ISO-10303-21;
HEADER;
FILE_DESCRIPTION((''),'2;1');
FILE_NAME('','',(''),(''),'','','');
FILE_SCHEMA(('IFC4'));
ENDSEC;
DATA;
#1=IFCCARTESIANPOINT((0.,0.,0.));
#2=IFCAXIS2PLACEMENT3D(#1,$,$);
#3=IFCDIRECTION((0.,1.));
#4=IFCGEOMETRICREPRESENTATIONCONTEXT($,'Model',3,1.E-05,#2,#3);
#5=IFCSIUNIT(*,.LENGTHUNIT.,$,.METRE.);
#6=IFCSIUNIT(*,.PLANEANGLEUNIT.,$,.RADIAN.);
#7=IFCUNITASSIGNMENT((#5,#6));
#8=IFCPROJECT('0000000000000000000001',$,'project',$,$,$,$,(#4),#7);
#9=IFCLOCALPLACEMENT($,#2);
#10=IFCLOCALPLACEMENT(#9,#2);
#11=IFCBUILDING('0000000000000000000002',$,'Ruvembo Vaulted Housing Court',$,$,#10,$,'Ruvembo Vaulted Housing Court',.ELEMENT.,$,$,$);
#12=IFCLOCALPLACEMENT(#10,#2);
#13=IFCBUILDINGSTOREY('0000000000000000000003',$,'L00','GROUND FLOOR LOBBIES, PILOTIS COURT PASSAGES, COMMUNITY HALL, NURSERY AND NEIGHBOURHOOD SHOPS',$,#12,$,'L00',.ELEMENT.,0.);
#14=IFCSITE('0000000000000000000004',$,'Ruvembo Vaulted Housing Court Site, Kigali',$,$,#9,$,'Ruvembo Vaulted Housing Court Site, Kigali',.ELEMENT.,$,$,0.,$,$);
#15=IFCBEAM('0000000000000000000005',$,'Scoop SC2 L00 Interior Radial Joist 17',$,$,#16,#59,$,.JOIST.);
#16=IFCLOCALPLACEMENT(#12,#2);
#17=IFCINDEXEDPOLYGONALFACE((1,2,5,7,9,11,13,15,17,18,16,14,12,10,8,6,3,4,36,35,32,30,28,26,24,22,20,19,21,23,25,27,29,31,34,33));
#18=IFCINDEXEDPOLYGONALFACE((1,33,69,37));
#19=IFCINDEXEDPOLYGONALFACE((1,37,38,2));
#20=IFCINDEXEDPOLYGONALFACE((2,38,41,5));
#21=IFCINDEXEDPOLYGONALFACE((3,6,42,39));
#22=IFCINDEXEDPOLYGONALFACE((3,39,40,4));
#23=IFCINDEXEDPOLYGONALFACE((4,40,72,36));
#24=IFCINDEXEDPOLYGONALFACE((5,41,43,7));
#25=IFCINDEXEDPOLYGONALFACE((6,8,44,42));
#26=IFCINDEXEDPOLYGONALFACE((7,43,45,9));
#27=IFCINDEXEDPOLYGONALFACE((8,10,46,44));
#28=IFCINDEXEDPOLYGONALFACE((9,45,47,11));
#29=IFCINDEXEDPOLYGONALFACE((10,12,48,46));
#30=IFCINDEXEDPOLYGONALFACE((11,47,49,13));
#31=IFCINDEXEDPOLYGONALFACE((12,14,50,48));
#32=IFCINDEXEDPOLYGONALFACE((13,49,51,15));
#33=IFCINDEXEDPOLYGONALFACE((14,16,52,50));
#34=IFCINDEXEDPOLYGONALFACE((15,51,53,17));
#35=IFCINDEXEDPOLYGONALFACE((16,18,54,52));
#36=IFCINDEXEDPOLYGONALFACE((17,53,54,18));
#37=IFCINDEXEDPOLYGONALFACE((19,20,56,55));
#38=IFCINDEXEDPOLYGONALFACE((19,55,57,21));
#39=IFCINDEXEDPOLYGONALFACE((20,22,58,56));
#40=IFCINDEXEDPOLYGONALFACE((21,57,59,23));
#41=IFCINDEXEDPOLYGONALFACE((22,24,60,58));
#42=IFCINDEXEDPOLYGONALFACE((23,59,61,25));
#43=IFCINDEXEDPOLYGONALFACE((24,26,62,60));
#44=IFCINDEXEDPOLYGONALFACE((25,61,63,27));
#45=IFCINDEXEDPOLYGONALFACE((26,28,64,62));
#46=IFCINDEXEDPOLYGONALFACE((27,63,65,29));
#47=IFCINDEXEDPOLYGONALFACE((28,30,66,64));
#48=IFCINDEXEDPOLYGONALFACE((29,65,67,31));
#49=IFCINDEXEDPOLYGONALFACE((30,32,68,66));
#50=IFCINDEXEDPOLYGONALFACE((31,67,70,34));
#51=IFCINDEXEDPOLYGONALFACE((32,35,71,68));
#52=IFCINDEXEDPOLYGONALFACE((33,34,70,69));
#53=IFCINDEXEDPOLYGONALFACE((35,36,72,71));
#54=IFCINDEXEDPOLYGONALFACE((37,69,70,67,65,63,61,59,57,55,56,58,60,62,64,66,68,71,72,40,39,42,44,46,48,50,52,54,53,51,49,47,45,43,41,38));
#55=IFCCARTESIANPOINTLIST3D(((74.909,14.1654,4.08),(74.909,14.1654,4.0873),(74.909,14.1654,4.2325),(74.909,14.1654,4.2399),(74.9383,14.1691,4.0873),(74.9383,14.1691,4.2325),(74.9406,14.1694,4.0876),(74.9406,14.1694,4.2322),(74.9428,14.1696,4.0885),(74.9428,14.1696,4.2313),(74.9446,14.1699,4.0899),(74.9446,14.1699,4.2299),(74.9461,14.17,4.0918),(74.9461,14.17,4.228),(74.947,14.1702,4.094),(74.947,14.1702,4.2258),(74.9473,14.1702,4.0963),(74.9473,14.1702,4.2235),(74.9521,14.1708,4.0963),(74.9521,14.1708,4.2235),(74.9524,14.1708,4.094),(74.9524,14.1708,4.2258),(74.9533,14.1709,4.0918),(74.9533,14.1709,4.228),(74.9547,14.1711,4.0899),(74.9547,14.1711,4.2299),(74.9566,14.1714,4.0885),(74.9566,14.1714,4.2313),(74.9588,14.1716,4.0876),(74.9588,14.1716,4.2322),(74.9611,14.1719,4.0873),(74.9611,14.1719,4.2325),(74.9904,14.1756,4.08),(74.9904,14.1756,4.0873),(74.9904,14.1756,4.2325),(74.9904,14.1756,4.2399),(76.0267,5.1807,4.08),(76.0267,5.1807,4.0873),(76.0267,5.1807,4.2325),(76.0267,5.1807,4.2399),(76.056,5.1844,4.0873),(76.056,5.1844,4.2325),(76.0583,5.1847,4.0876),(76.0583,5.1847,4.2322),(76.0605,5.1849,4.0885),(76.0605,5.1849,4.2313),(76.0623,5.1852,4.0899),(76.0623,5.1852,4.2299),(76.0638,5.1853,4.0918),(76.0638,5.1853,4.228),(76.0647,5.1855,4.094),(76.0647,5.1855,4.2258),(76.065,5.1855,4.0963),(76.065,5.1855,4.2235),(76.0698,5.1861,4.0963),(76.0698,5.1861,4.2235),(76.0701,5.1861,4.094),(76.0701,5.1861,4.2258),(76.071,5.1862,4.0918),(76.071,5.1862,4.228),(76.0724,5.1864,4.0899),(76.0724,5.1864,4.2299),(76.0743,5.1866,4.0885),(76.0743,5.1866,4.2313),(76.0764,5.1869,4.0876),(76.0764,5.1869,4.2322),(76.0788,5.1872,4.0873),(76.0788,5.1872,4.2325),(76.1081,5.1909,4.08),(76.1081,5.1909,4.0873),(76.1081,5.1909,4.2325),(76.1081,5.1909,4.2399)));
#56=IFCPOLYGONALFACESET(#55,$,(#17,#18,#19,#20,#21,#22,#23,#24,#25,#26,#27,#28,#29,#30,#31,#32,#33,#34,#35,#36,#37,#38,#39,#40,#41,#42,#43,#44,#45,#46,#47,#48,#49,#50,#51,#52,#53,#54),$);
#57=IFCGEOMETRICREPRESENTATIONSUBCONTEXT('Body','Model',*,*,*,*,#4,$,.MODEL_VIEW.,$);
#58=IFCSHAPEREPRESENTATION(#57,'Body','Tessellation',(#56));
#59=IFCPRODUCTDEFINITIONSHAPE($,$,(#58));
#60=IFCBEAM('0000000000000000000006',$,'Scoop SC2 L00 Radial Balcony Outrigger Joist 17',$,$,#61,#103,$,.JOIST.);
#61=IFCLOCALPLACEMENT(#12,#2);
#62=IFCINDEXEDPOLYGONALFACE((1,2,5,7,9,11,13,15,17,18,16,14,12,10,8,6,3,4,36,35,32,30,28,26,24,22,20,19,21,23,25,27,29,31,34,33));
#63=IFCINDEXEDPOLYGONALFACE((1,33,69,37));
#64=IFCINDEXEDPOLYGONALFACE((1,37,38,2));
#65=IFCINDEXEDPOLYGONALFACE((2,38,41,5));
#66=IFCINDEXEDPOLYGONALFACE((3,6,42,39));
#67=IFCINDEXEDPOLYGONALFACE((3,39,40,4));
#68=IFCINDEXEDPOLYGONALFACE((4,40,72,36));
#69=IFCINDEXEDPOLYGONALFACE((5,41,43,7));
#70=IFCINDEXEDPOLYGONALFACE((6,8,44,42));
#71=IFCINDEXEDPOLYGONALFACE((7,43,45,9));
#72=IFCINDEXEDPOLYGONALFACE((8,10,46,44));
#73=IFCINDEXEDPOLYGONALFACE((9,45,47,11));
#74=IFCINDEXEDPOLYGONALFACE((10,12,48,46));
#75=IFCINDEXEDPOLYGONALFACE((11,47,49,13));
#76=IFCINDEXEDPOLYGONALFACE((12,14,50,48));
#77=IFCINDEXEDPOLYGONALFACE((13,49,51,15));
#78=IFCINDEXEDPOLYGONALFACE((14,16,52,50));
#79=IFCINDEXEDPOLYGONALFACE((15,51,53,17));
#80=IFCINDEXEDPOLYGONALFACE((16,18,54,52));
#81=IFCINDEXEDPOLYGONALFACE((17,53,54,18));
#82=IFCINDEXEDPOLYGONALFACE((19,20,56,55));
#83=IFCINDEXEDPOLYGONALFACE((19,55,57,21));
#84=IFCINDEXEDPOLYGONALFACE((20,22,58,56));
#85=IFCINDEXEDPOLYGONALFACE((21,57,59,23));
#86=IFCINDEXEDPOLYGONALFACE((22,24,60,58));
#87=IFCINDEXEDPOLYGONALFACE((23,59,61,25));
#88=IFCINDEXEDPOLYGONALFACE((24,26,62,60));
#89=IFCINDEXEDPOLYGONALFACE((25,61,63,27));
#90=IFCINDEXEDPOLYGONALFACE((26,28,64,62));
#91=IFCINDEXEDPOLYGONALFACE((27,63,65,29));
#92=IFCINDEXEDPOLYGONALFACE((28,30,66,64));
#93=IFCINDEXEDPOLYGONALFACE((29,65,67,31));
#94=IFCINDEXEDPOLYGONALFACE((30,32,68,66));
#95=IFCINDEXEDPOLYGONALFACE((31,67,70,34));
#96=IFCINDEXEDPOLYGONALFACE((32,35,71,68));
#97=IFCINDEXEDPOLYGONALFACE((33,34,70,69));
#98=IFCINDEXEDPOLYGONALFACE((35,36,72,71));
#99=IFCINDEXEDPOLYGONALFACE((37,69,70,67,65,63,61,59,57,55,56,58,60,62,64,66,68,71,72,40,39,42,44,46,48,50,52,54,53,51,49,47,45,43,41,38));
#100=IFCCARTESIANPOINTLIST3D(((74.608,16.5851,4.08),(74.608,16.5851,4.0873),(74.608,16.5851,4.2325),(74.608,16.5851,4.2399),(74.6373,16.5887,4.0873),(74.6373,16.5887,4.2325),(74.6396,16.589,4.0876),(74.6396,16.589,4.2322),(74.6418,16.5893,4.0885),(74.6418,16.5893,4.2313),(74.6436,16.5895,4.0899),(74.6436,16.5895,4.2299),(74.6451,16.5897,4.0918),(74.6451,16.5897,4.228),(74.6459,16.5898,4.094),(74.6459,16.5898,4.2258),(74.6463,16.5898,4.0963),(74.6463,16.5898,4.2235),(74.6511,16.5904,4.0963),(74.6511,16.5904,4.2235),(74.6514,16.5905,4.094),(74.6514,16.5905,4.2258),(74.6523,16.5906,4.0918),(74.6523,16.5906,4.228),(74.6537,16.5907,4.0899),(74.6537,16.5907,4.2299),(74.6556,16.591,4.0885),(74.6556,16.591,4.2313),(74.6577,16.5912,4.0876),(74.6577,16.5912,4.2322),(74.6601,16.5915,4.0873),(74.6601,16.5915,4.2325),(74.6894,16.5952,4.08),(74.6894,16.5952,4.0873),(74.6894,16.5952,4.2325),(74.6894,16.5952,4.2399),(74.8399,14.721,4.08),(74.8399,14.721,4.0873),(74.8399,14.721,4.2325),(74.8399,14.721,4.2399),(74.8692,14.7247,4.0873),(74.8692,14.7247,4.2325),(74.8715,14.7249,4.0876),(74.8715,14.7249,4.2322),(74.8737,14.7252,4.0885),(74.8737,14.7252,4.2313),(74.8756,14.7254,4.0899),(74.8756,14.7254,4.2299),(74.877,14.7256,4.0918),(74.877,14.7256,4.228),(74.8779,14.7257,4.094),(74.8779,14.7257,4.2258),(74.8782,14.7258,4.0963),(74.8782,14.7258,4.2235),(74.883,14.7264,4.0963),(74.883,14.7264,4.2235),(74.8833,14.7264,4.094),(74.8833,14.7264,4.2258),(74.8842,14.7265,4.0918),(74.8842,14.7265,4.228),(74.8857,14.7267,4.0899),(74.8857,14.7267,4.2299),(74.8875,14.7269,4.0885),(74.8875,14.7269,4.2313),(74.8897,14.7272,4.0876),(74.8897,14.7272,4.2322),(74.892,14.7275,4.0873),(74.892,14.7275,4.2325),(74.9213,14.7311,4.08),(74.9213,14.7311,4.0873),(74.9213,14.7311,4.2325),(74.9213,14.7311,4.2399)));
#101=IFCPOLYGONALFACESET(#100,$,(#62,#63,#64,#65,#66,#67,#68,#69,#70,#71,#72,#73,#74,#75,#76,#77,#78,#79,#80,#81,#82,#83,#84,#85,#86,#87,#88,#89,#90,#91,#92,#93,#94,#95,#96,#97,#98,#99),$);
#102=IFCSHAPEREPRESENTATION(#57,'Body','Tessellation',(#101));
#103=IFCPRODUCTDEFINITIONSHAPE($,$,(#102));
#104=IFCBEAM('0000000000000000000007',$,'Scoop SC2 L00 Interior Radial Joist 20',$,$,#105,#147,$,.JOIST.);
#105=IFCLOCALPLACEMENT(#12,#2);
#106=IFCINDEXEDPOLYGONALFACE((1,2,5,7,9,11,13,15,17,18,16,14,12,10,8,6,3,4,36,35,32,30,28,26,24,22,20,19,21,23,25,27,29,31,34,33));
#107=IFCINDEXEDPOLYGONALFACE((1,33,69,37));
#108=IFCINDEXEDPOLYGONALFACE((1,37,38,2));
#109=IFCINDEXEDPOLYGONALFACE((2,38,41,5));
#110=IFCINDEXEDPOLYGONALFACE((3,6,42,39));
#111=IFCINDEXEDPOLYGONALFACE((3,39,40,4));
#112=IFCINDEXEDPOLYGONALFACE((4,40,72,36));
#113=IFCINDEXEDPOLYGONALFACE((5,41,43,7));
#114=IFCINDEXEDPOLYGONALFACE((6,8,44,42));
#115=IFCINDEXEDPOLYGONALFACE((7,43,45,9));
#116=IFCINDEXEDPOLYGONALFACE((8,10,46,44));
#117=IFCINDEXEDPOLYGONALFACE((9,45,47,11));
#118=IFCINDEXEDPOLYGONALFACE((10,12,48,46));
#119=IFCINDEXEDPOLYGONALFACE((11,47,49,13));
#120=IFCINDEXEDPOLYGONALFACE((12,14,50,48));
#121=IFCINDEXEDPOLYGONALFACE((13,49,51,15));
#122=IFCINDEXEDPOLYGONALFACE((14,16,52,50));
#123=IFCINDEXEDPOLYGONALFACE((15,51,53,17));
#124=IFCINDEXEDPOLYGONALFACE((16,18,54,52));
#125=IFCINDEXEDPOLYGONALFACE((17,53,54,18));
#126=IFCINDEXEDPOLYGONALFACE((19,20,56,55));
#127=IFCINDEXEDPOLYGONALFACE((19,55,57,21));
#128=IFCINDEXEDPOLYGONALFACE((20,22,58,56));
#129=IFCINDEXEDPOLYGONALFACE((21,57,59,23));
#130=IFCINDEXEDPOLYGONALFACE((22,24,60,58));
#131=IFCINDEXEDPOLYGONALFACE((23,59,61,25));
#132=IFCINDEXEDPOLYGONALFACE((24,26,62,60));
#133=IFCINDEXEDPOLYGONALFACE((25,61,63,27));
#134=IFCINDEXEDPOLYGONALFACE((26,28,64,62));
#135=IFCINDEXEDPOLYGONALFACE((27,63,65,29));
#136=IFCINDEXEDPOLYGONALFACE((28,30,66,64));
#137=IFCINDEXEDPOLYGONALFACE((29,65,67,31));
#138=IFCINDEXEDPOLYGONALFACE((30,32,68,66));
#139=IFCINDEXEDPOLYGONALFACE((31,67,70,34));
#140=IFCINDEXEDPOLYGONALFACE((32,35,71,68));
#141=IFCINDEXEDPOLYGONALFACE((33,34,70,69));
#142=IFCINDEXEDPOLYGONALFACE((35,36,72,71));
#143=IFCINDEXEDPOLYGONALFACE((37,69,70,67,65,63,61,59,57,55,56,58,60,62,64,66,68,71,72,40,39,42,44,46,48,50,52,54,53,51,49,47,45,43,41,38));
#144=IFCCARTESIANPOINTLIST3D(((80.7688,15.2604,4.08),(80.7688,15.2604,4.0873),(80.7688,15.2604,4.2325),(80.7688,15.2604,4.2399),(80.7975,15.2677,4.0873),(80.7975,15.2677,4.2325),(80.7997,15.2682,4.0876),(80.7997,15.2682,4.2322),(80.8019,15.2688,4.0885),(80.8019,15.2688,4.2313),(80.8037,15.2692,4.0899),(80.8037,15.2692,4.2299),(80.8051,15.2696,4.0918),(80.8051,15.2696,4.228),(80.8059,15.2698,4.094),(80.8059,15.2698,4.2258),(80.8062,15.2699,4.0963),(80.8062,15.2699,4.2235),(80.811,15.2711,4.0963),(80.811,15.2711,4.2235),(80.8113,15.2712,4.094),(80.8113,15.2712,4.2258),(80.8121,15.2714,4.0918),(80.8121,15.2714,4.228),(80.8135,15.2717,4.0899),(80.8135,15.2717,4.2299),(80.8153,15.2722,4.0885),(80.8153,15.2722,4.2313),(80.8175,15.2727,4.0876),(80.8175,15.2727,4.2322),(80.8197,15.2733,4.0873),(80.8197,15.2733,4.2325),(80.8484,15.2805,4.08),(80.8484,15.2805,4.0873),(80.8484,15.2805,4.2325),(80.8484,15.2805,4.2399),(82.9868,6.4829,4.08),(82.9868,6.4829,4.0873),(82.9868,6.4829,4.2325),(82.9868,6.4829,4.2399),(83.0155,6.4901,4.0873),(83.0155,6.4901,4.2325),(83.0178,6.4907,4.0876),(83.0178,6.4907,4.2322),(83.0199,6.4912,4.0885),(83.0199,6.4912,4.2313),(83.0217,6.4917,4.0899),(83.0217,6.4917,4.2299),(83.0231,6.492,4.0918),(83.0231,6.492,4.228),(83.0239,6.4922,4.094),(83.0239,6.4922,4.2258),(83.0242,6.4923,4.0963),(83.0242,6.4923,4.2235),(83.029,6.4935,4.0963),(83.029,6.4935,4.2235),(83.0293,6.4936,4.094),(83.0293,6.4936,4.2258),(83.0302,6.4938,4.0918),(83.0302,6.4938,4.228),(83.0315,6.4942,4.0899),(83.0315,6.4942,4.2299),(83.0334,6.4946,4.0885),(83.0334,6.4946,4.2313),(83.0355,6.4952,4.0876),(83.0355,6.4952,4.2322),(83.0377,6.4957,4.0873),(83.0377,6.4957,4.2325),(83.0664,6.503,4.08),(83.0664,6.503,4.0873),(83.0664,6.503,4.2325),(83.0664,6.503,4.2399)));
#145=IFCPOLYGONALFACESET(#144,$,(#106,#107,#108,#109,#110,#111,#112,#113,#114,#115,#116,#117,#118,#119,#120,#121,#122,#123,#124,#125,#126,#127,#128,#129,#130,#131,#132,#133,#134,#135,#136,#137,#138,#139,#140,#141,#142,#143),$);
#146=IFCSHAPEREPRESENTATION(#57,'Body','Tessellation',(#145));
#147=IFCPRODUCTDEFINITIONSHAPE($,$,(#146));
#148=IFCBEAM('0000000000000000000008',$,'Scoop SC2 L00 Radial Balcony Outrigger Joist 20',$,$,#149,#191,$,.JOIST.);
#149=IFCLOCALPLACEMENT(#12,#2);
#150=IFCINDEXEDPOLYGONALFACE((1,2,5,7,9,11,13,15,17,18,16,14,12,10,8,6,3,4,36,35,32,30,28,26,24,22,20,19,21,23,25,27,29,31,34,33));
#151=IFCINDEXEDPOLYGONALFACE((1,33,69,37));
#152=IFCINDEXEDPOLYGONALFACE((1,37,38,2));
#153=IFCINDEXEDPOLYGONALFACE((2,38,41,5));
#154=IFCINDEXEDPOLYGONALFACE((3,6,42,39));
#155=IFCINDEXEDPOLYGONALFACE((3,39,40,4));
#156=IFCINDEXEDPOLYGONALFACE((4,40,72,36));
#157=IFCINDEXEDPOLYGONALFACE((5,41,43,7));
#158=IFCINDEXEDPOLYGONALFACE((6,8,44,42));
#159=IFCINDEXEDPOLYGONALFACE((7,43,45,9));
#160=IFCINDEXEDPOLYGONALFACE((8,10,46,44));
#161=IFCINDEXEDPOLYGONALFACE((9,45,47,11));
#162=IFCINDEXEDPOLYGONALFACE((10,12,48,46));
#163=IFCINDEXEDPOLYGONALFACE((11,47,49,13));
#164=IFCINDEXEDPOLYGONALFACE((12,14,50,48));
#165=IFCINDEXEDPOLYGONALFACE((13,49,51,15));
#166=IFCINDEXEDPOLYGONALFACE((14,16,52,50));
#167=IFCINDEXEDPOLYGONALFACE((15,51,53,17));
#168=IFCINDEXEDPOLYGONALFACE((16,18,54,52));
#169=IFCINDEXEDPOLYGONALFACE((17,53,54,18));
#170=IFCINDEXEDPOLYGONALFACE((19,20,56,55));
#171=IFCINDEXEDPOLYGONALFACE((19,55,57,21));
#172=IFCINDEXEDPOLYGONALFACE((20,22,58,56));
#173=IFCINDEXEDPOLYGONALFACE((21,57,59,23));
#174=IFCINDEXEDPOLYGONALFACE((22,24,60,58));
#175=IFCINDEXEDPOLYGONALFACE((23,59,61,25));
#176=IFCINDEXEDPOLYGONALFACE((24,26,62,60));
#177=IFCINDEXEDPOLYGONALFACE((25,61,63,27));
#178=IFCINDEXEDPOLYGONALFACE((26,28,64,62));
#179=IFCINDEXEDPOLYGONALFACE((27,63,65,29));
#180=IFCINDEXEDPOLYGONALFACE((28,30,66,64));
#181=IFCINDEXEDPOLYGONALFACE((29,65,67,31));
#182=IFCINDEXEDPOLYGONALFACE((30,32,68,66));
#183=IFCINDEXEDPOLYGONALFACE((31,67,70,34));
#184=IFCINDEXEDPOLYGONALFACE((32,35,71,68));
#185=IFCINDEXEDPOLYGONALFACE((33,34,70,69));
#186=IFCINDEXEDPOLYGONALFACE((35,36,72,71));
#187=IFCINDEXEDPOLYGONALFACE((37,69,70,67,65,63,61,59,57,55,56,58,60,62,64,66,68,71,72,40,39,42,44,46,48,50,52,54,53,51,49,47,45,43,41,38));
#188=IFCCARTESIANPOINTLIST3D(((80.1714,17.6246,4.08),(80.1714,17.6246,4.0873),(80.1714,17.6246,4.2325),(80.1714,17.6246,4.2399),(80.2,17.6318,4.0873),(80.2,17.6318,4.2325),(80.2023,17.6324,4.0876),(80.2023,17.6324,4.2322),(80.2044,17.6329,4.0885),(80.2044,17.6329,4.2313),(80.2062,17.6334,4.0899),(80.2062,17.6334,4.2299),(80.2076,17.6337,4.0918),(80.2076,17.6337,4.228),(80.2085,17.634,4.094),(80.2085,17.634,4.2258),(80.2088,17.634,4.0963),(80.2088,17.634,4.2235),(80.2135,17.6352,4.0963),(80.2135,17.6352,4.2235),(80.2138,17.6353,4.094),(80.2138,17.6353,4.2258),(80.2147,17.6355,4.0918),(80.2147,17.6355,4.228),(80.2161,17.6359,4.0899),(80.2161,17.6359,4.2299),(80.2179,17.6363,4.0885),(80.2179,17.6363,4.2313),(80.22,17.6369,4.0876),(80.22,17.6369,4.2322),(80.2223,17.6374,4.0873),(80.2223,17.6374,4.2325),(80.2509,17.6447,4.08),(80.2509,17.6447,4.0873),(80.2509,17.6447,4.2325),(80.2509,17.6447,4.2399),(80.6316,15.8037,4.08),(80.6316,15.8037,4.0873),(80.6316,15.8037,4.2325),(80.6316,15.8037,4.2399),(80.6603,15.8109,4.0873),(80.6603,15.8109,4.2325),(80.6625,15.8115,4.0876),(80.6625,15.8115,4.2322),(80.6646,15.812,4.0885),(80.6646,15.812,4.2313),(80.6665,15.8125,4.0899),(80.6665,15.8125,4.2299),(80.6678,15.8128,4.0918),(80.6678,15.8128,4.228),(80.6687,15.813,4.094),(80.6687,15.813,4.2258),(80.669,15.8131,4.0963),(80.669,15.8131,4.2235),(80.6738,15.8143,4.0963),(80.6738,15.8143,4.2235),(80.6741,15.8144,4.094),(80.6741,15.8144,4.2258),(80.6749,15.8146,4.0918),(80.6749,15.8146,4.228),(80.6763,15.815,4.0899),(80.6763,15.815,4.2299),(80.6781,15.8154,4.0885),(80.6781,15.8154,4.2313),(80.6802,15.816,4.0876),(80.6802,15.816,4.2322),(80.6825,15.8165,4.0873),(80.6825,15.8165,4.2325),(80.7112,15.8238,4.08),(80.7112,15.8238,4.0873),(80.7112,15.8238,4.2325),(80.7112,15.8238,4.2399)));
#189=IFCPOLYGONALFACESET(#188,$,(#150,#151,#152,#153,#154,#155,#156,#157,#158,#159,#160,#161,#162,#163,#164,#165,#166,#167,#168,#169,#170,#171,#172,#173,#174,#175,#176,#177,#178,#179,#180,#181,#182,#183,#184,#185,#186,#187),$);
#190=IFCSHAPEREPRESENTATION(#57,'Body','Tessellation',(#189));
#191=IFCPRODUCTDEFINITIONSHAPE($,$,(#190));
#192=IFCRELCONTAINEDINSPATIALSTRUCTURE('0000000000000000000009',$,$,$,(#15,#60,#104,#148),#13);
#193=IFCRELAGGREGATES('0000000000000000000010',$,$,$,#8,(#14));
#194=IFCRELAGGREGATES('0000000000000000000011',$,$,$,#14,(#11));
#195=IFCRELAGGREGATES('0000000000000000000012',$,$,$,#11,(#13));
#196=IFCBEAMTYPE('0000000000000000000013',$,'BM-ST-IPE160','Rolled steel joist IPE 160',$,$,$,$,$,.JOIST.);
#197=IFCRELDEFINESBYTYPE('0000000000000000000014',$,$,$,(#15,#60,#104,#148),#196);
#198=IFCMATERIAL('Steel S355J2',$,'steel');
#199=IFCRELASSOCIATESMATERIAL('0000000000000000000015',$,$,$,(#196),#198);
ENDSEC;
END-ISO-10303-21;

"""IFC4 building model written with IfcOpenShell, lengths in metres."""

from ifc_helpers import new_model, si_unit, direction, frame, origin, origin_2d, place, context, subcontext, project, spatial, i_section, extrude, material, material_profile, profile_set, type_object, element, save


model = new_model("IFC4")

# Units and contexts
model_context = context("Model", 3, precision=1e-05, world=origin(), true_north=direction((0.0, 1.0)))
body_context = subcontext(model_context, "Body", "Model", "MODEL_VIEW")
ifc_project = project(units=[si_unit("LENGTHUNIT", "METRE"), si_unit("PLANEANGLEUNIT", "RADIAN")], contexts=[model_context])

# Site, building, storey
site_placement = place(None, origin())
site = spatial("IfcSite", under=ifc_project, at=site_placement, Name="Ruvembo Vaulted Housing Court Site, Kigali", LongName="Ruvembo Vaulted Housing Court Site, Kigali", CompositionType="ELEMENT", RefElevation=0.0)
building_placement = place(site_placement, origin())
building = spatial("IfcBuilding", under=site, at=building_placement, Name="Ruvembo Vaulted Housing Court", LongName="Ruvembo Vaulted Housing Court", CompositionType="ELEMENT")
storey_placement = place(building_placement, origin())
storey = spatial("IfcBuildingStorey", under=building, at=storey_placement, Name="L00", Description="GROUND FLOOR LOBBIES, PILOTIS COURT PASSAGES, COMMUNITY HALL, NURSERY AND NEIGHBOURHOOD SHOPS", LongName="L00", CompositionType="ELEMENT", Elevation=0.0)

# Beams
ifc_material_1 = material(Name="Steel S355J2", Category="steel")
ifc_material_profile_1 = material_profile(ifc_material_1, i_section(OverallWidth=0.082, OverallDepth=0.1599, WebThickness=0.0049, FlangeThickness=0.0073, FilletRadius=0.009, at=origin_2d()), Name="IPE 160")
ifc_profile_set_1 = profile_set([ifc_material_profile_1], Name="Steel S355J2")
beam_type_1 = type_object("IfcBeamType", Name="BM-ST-IPE160", Description="Rolled steel joist IPE 160", PredefinedType="JOIST", material=ifc_profile_set_1)
beam_1_placement = place(storey_placement, frame((76.0674, 5.1858, 4.1599), z_axis=(-0.123447, 0.992351, 0.0), x_axis=(-0.992351, -0.123447, 0.0)))
element("IfcBeam", 1, at=beam_1_placement, inside=storey, type_object=beam_type_1, Name="Scoop SC2 L00 Interior Radial Joist 17", PredefinedType="JOIST", context=body_context, shape_type="SweptSolid", body=[
    extrude(i_section(OverallWidth=0.082, OverallDepth=0.1599, WebThickness=0.0049, FlangeThickness=0.0073, FilletRadius=0.009, at=origin_2d()), origin(), (0.0, 0.0, 1.0), 9.054),
])
beam_2_placement = place(storey_placement, frame((74.8806, 14.7261, 4.1599), z_axis=(-0.123475, 0.992348, 0.0), x_axis=(-0.992348, -0.123475, 0.0)))
element("IfcBeam", 2, at=beam_2_placement, inside=storey, type_object=beam_type_1, Name="Scoop SC2 L00 Radial Balcony Outrigger Joist 17", PredefinedType="JOIST", context=body_context, shape_type="SweptSolid", body=[
    extrude(i_section(OverallWidth=0.082, OverallDepth=0.1599, WebThickness=0.0049, FlangeThickness=0.0073, FilletRadius=0.009, at=origin_2d()), origin(), (0.0, 0.0, 1.0), 1.8784),
])
beam_3_placement = place(storey_placement, frame((83.0266, 6.4929, 4.1599), z_axis=(-0.24499, 0.969526, 0.0), x_axis=(-0.969526, -0.24499, 0.0)))
element("IfcBeam", 3, at=beam_3_placement, inside=storey, type_object=beam_type_1, Name="Scoop SC2 L00 Interior Radial Joist 20", PredefinedType="JOIST", context=body_context, shape_type="SweptSolid", body=[
    extrude(i_section(OverallWidth=0.082, OverallDepth=0.1599, WebThickness=0.0049, FlangeThickness=0.0073, FilletRadius=0.009, at=origin_2d()), origin(), (0.0, 0.0, 1.0), 9.0535),
])
beam_4_placement = place(storey_placement, frame((80.6714, 15.8137, 4.1599), z_axis=(-0.245043, 0.969512, 0.0), x_axis=(-0.969512, -0.245043, 0.0)))
element("IfcBeam", 4, at=beam_4_placement, inside=storey, type_object=beam_type_1, Name="Scoop SC2 L00 Radial Balcony Outrigger Joist 20", PredefinedType="JOIST", context=body_context, shape_type="SweptSolid", body=[
    extrude(i_section(OverallWidth=0.082, OverallDepth=0.1599, WebThickness=0.0049, FlangeThickness=0.0073, FilletRadius=0.009, at=origin_2d()), origin(), (0.0, 0.0, 1.0), 1.8782),
])

save(model, "model.ifc")
